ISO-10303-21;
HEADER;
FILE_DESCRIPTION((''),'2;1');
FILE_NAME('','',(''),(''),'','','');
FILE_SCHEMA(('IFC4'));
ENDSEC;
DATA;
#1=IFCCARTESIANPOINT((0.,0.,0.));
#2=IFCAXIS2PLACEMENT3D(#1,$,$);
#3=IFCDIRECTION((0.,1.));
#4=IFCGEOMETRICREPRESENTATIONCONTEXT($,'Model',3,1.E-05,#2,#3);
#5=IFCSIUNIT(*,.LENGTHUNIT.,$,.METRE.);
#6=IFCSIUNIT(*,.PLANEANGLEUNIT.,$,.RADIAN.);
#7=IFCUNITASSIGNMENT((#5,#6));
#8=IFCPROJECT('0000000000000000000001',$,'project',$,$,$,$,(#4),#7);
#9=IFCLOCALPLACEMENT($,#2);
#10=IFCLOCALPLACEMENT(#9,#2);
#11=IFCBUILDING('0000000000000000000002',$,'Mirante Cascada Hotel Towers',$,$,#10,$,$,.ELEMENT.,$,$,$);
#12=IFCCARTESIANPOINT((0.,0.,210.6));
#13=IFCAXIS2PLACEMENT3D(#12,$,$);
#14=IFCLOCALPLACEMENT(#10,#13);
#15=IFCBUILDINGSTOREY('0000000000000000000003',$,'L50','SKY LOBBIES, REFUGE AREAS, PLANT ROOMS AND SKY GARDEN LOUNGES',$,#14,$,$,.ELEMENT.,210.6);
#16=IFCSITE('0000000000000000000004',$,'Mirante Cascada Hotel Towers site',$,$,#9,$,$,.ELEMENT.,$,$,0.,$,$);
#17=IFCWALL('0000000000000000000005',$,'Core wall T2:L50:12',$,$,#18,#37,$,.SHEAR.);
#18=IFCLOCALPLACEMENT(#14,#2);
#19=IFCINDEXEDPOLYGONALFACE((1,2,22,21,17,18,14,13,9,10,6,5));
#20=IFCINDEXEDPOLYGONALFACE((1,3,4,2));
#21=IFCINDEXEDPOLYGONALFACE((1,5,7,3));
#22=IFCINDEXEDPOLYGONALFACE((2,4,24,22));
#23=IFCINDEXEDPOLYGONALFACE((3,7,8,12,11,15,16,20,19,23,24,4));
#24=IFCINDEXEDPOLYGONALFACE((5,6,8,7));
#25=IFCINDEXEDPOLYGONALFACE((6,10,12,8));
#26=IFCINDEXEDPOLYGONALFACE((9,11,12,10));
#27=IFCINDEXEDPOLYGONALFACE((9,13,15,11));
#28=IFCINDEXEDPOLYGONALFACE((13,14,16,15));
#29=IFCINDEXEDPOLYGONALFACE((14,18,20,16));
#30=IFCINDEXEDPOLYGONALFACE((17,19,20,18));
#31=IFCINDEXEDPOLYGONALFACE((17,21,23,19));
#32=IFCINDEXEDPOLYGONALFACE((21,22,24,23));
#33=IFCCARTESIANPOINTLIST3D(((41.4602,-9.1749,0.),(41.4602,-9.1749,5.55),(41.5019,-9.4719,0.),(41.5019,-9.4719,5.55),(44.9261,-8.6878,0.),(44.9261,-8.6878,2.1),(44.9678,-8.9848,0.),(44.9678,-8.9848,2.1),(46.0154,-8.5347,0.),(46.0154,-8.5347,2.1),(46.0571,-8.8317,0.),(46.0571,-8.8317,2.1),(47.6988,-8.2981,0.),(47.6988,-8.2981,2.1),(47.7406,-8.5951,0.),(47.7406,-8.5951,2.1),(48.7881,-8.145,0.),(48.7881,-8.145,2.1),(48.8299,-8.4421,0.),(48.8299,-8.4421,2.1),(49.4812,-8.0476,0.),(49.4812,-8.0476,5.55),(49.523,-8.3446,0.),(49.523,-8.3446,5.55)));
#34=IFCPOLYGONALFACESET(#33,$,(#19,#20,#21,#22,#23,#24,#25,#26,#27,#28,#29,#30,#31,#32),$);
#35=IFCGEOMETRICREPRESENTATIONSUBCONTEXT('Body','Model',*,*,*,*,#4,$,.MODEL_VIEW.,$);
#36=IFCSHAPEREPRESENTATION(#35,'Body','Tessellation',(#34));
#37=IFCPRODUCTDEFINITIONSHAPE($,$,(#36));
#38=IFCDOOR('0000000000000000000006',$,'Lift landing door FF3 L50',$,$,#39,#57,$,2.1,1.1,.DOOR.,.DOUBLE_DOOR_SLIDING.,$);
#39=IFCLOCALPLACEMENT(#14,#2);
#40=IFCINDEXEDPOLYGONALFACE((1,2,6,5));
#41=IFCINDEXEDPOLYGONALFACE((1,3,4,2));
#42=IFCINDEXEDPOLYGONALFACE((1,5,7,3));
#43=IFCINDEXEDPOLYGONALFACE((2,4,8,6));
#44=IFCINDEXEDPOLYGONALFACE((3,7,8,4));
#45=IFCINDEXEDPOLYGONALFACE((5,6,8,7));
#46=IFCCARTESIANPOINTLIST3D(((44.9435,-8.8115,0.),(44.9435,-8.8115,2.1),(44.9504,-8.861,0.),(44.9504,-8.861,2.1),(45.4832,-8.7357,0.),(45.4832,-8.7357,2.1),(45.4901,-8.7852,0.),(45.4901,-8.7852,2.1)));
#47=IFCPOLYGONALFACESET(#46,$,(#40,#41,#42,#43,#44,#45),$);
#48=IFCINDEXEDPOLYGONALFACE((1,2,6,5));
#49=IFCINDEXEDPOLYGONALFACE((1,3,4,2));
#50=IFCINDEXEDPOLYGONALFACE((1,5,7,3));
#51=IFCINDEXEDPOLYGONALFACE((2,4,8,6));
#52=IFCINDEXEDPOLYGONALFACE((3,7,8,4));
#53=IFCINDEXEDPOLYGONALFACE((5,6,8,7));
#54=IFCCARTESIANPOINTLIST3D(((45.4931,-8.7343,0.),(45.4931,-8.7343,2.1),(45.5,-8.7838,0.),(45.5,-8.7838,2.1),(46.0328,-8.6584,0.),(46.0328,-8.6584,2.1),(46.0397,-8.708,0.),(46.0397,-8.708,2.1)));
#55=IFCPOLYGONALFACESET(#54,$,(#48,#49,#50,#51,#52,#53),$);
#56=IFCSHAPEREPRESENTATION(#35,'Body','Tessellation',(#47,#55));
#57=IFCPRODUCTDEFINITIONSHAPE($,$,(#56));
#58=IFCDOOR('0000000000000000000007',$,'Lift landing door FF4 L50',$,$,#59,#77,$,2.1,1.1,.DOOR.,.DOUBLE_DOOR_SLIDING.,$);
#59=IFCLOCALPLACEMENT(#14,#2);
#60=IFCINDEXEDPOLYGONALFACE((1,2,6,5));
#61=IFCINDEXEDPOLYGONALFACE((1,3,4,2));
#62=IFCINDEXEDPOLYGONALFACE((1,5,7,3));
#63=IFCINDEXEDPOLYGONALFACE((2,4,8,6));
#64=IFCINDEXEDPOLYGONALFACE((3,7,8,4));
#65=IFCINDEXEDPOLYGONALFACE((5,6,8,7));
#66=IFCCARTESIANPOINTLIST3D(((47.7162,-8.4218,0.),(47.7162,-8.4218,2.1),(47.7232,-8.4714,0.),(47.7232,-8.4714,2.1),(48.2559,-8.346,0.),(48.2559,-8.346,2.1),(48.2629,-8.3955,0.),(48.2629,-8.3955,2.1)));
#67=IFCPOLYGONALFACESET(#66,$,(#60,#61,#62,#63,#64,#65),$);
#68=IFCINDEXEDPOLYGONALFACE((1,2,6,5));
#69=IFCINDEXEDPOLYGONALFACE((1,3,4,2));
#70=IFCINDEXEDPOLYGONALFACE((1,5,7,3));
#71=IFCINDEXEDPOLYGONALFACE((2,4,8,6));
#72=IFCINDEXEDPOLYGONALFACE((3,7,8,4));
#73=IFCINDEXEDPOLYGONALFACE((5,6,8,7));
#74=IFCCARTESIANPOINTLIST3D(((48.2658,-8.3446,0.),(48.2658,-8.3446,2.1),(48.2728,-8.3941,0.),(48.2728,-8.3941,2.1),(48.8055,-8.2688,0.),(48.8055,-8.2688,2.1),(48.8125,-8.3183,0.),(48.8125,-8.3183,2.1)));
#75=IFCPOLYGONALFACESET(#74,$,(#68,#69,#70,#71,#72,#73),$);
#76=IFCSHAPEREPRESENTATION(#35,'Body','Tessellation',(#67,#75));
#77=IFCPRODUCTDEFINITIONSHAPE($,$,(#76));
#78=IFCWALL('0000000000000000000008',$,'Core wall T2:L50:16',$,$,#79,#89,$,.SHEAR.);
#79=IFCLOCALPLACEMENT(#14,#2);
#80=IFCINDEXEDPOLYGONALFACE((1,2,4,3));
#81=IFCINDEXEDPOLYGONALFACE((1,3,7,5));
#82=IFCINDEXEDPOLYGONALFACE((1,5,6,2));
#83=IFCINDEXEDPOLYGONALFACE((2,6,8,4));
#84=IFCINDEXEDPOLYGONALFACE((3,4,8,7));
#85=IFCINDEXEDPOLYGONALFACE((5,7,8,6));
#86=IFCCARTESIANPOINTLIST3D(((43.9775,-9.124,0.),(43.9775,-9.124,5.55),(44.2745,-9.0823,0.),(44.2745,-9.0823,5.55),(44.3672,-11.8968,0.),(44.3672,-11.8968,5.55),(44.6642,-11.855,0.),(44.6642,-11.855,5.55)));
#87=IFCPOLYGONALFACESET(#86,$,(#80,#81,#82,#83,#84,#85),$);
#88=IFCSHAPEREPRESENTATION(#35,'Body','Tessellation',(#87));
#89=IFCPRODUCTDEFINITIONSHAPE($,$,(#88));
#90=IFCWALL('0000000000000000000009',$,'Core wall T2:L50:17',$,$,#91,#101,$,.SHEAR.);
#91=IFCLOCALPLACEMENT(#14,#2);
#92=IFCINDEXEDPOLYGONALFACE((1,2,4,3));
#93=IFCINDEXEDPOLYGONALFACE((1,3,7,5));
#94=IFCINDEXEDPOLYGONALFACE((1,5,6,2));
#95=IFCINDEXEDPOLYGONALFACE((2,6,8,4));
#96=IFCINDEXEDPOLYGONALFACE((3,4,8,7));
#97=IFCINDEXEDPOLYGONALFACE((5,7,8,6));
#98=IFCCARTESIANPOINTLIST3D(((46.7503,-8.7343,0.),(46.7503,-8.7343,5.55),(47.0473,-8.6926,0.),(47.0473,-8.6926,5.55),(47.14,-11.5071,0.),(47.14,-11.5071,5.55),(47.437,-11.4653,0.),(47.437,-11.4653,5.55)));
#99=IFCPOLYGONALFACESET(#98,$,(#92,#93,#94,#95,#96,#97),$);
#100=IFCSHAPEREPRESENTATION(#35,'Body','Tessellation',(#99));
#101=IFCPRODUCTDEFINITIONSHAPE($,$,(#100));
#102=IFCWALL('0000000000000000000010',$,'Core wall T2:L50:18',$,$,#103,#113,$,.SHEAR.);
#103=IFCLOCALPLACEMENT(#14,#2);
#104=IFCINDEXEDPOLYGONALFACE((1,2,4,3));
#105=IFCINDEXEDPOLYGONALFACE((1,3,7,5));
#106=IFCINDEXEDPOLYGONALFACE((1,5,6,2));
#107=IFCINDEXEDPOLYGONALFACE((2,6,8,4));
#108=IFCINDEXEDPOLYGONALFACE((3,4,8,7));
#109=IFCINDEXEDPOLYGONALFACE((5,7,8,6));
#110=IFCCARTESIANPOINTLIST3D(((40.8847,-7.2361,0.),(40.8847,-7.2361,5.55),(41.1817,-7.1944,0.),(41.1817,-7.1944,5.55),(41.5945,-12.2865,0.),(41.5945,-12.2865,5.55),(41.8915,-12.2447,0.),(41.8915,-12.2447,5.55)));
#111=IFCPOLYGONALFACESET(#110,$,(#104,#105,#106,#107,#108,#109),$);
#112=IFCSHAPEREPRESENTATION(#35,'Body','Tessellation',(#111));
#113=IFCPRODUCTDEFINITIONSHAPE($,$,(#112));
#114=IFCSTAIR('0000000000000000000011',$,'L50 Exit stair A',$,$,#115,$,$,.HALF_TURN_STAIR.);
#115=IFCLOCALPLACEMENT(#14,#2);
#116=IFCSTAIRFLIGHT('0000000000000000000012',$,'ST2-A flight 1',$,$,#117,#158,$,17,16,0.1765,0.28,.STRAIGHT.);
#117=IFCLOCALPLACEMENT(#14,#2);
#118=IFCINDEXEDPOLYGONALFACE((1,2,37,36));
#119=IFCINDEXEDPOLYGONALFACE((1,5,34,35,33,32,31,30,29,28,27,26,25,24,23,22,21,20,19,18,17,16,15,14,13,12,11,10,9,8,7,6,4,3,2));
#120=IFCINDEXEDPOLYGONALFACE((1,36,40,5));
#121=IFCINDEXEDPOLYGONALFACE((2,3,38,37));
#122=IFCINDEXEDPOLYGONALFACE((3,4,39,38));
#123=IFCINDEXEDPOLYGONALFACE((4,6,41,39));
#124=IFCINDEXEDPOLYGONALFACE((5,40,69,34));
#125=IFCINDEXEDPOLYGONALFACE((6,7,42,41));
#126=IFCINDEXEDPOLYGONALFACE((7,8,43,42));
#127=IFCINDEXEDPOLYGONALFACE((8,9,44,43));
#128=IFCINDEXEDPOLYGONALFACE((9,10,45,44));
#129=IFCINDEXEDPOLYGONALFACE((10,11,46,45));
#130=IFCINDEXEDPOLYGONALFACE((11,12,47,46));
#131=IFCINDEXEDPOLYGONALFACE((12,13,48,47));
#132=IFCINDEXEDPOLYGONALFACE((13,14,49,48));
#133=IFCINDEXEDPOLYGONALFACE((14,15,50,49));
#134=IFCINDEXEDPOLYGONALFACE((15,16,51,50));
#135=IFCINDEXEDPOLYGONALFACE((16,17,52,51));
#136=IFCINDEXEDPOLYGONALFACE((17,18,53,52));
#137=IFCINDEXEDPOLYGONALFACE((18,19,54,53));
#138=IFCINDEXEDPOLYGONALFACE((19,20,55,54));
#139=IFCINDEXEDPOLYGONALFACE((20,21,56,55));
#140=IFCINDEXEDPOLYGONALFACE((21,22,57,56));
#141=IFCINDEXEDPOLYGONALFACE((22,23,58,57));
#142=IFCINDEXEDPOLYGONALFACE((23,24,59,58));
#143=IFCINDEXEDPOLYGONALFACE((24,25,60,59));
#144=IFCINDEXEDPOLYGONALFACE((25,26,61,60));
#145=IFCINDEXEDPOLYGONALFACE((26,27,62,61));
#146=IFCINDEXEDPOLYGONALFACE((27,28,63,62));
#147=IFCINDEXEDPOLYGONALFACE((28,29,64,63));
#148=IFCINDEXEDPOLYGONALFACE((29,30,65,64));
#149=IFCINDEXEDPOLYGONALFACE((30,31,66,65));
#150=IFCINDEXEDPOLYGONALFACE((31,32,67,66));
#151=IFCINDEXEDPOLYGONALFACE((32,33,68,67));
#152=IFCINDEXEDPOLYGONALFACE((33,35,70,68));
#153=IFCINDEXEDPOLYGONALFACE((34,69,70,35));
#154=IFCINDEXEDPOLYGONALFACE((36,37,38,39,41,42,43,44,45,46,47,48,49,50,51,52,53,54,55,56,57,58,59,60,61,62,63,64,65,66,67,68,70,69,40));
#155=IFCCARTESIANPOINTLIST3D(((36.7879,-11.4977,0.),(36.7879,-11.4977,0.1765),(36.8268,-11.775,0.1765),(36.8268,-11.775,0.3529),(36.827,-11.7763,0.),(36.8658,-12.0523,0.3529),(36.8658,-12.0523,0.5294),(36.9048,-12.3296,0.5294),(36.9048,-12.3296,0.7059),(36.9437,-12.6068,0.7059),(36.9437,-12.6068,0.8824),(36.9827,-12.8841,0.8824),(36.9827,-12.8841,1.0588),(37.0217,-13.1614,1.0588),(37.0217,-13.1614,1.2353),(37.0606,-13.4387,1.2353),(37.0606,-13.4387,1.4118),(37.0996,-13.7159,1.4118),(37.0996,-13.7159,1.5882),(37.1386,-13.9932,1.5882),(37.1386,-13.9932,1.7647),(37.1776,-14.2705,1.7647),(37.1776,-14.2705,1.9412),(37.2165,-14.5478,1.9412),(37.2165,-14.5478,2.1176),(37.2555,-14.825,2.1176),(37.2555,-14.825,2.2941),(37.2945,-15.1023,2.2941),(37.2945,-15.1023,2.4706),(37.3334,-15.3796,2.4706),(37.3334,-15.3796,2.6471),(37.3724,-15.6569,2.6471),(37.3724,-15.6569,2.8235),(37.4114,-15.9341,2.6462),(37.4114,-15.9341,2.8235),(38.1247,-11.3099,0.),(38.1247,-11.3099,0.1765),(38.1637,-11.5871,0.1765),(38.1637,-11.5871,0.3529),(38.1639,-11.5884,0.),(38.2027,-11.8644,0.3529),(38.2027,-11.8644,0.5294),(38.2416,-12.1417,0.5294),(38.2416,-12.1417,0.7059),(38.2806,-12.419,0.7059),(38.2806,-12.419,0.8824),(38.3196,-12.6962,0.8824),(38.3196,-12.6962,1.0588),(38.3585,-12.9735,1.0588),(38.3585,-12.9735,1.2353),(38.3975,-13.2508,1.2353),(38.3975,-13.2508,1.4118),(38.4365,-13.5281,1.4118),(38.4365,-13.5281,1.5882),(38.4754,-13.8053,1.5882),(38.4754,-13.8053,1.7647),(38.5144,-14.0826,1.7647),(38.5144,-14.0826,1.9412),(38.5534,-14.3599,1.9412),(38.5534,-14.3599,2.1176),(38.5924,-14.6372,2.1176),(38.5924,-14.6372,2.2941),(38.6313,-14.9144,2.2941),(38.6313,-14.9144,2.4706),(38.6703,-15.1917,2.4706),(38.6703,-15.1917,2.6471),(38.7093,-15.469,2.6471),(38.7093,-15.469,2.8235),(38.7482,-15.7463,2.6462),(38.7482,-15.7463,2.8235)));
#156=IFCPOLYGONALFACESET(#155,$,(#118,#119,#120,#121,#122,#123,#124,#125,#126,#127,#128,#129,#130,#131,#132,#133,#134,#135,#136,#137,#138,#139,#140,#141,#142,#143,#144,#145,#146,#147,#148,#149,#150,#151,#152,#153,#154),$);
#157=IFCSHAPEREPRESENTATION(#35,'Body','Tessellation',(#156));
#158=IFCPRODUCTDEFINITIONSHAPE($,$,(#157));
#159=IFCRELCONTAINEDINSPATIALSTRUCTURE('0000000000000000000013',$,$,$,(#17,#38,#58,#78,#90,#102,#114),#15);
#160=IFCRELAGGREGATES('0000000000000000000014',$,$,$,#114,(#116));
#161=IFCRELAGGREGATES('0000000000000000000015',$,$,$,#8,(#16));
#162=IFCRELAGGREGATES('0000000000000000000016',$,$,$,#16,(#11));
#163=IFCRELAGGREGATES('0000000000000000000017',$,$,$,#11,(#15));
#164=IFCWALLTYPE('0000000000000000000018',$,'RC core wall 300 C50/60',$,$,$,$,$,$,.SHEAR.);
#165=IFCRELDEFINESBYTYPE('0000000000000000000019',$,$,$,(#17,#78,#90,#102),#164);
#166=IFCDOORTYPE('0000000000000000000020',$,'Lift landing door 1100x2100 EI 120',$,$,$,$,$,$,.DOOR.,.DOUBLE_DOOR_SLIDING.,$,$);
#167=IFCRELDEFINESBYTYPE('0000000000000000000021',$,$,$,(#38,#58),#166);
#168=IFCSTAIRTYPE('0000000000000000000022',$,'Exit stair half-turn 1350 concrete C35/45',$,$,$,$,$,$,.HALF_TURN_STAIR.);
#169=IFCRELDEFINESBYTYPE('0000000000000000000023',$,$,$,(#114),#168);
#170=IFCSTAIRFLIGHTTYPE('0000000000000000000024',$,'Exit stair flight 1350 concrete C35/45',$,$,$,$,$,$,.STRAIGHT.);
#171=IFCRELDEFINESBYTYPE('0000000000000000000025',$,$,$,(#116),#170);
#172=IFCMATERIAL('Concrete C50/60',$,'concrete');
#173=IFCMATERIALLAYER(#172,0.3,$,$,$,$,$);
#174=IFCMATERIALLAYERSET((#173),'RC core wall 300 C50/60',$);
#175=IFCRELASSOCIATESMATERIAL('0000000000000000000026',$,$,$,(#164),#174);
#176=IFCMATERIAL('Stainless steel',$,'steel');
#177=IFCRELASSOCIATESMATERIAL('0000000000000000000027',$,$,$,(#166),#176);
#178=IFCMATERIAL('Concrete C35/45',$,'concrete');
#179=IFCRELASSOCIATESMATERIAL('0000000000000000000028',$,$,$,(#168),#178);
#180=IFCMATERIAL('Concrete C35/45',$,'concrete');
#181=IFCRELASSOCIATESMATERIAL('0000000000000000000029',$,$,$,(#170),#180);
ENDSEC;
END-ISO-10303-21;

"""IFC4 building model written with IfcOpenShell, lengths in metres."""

from ifc_helpers import new_model, si_unit, direction, frame, frame_2d, origin, place, context, subcontext, project, spatial, polyline, rectangle, outline, extrude, material, layer, layer_set, type_object, element, fill, aggregate, save


model = new_model("IFC4")

# Units and contexts
model_context = context("Model", 3, precision=1e-05, world=origin(), true_north=direction((0.0, 1.0)))
body_context = subcontext(model_context, "Body", "Model", "MODEL_VIEW")
ifc_project = project(units=[si_unit("LENGTHUNIT", "METRE"), si_unit("PLANEANGLEUNIT", "RADIAN")], contexts=[model_context])

# Site, building, storey
site_placement = place(None, origin())
site = spatial("IfcSite", under=ifc_project, at=site_placement, Name="Mirante Cascada Hotel Towers site", CompositionType="ELEMENT", RefElevation=0.0)
building_placement = place(site_placement, origin())
building = spatial("IfcBuilding", under=site, at=building_placement, Name="Mirante Cascada Hotel Towers", CompositionType="ELEMENT")
storey_placement = place(building_placement, frame((0.0, 0.0, 210.6)))
storey = spatial("IfcBuildingStorey", under=building, at=storey_placement, Name="L50", Description="SKY LOBBIES, REFUGE AREAS, PLANT ROOMS AND SKY GARDEN LOUNGES", CompositionType="ELEMENT", Elevation=210.6)

# Shared definitions
ifc_material_1 = material(Name="Concrete C50/60", Category="concrete")
ifc_layer_1 = layer(ifc_material_1, 0.3)
ifc_layer_set_1 = layer_set([ifc_layer_1], Name="RC core wall 300 C50/60")
wall_type_1 = type_object("IfcWallType", Name="RC core wall 300 C50/60", PredefinedType="SHEAR", material=ifc_layer_set_1)

# Shared definitions
ifc_material_2 = material(Name="Stainless steel", Category="steel")
door_type_1 = type_object("IfcDoorType", Name="Lift landing door 1100x2100 EI 120", OperationType="DOUBLE_DOOR_SLIDING", PredefinedType="DOOR", material=ifc_material_2)

# Wall, openings, doors
wall_1_placement = place(storey_placement, frame((41.481, -9.3234, 0.0), z_axis=(0.0, 0.0, 1.0), x_axis=(0.990268, 0.139174, 0.0)))
wall_1 = element("IfcWall", 1, at=wall_1_placement, inside=storey, type_object=wall_type_1, Name="Core wall T2:L50:12", PredefinedType="SHEAR", context=body_context, shape_type="SweptSolid", body=[
    extrude(rectangle(XDim=8.0999, YDim=0.3, at=frame_2d((4.05, 0.0))), origin(), (0.0, 0.0, 1.0), 5.55),
])
opening_1_placement = place(wall_1_placement, frame((3.5, 0.0, 0.0)))
opening_1 = element("IfcOpeningElement", 2, at=opening_1_placement, cuts=wall_1, PredefinedType="OPENING", context=body_context, shape_type="SweptSolid", body=[
    extrude(rectangle(XDim=1.1, YDim=2.1, at=frame_2d((0.55, 1.05))), frame((0.0, 0.15, 0.0), z_axis=(0.0, -1.0, 0.0), x_axis=(1.0, 0.0, 0.0)), (0.0, 0.0, 1.0), 0.3),
])
opening_2_placement = place(wall_1_placement, frame((6.3, 0.0, 0.0)))
opening_2 = element("IfcOpeningElement", 3, at=opening_2_placement, cuts=wall_1, PredefinedType="OPENING", context=body_context, shape_type="SweptSolid", body=[
    extrude(rectangle(XDim=1.1, YDim=2.1, at=frame_2d((0.55, 1.05))), frame((0.0, 0.15, 0.0), z_axis=(0.0, -1.0, 0.0), x_axis=(1.0, 0.0, 0.0)), (0.0, 0.0, 1.0), 0.3),
])
door_1_placement = place(opening_1_placement, origin())
door_1 = element("IfcDoor", 4, at=door_1_placement, inside=storey, type_object=door_type_1, Name="Lift landing door FF3 L50", OperationType="DOUBLE_DOOR_SLIDING", OverallHeight=2.1, OverallWidth=1.1, PredefinedType="DOOR", context=body_context, shape_type="SweptSolid", body=[
    extrude(rectangle(XDim=0.545, YDim=2.1, at=frame_2d((0.2725, 1.05))), frame((0.0, 0.025, 0.0), z_axis=(0.0, -1.0, 0.0), x_axis=(1.0, 0.0, 0.0)), (0.0, 0.0, 1.0), 0.05),
    extrude(rectangle(XDim=0.545, YDim=2.1, at=frame_2d((0.8275, 1.05))), frame((0.0, 0.025, 0.0), z_axis=(0.0, -1.0, 0.0), x_axis=(1.0, 0.0, 0.0)), (0.0, 0.0, 1.0), 0.05),
])
fill(opening_1, door_1)
door_2_placement = place(opening_2_placement, origin())
door_2 = element("IfcDoor", 5, at=door_2_placement, inside=storey, type_object=door_type_1, Name="Lift landing door FF4 L50", OperationType="DOUBLE_DOOR_SLIDING", OverallHeight=2.1, OverallWidth=1.1, PredefinedType="DOOR", context=body_context, shape_type="SweptSolid", body=[
    extrude(rectangle(XDim=0.545, YDim=2.1, at=frame_2d((0.2725, 1.05))), frame((0.0, 0.025, 0.0), z_axis=(0.0, -1.0, 0.0), x_axis=(1.0, 0.0, 0.0)), (0.0, 0.0, 1.0), 0.05),
    extrude(rectangle(XDim=0.545, YDim=2.1, at=frame_2d((0.8275, 1.05))), frame((0.0, 0.025, 0.0), z_axis=(0.0, -1.0, 0.0), x_axis=(1.0, 0.0, 0.0)), (0.0, 0.0, 1.0), 0.05),
])
fill(opening_2, door_2)

# Walls
for number, where, z_axis, x_axis, name in (
    (6, (44.5157, -11.8759, 0.0), (0.0, 0.0, 1.0), (-0.139181, 0.990267, 0.0), "Core wall T2:L50:16"),
    (7, (47.2885, -11.4862, 0.0), (0.0, 0.0, 1.0), (-0.139181, 0.990267, 0.0), "Core wall T2:L50:17"),
):
    element("IfcWall", number, at=place(storey_placement, frame(where, z_axis=z_axis, x_axis=x_axis)), inside=storey, type_object=wall_type_1, Name=name, PredefinedType="SHEAR", context=body_context, shape_type="SweptSolid", body=[
        extrude(rectangle(XDim=2.8, YDim=0.3, at=frame_2d((1.4, 0.0))), origin(), (0.0, 0.0, 1.0), 5.55),
    ])
wall_2_placement = place(storey_placement, frame((41.743, -12.2656, 0.0), z_axis=(0.0, 0.0, 1.0), x_axis=(-0.139176, 0.990268, 0.0)))
element("IfcWall", 8, at=wall_2_placement, inside=storey, type_object=wall_type_1, Name="Core wall T2:L50:18", PredefinedType="SHEAR", context=body_context, shape_type="SweptSolid", body=[
    extrude(rectangle(XDim=5.1, YDim=0.3, at=frame_2d((2.55, 0.0))), origin(), (0.0, 0.0, 1.0), 5.55),
])

# Stair, stair flight
ifc_material_3 = material(Name="Concrete C35/45", Category="concrete")
stair_type = type_object("IfcStairType", Name="Exit stair half-turn 1350 concrete C35/45", PredefinedType="HALF_TURN_STAIR", material=ifc_material_3)
stair_placement = place(storey_placement, origin())
stair = element("IfcStair", 9, at=stair_placement, inside=storey, type_object=stair_type, Name="L50 Exit stair A", PredefinedType="HALF_TURN_STAIR")
ifc_material_4 = material(Name="Concrete C35/45", Category="concrete")
stair_flight_type = type_object("IfcStairFlightType", Name="Exit stair flight 1350 concrete C35/45", PredefinedType="STRAIGHT", material=ifc_material_4)
stair_flight_1_placement = place(storey_placement, frame((37.4563, -11.4038, 0.0), z_axis=(0.0, 0.0, 1.0), x_axis=(0.139173, -0.990268, 0.0)))
stair_flight_1 = element("IfcStairFlight", 10, at=stair_flight_1_placement, type_object=stair_flight_type, Name="ST2-A flight 1", NumberOfRisers=17, NumberOfTreads=16, PredefinedType="STRAIGHT", RiserHeight=0.1765, TreadLength=0.28, context=body_context, shape_type="SweptSolid", body=[
    extrude(outline(polyline([(0.0, 0.0), (0.0, 0.1765), (0.28, 0.1765), (0.28, 0.3529), (0.56, 0.3529), (0.56, 0.5294), (0.84, 0.5294), (0.84, 0.7059), (1.12, 0.7059), (1.12, 0.8824), (1.4, 0.8824), (1.4, 1.0588), (1.68, 1.0588), (1.68, 1.2353), (1.96, 1.2353), (1.96, 1.4118), (2.24, 1.4118), (2.24, 1.5882), (2.52, 1.5882), (2.52, 1.7647), (2.8, 1.7647), (2.8, 1.9412), (3.08, 1.9412), (3.08, 2.1176), (3.36, 2.1176), (3.36, 2.2941), (3.64, 2.2941), (3.64, 2.4706), (3.92, 2.4706), (3.92, 2.6471), (4.2, 2.6471), (4.2, 2.8235), (4.48, 2.8235), (4.48, 3.0), (4.48, 2.6462), (0.2813, 0.0), (0.0, 0.0)])), frame((0.0, 0.675, 0.0), z_axis=(0.0, -1.0, 0.0), x_axis=(1.0, 0.0, 0.0)), (0.0, 0.0, 1.0), 1.35),
])
aggregate(stair, [stair_flight_1])

save(model, "model.ifc")
